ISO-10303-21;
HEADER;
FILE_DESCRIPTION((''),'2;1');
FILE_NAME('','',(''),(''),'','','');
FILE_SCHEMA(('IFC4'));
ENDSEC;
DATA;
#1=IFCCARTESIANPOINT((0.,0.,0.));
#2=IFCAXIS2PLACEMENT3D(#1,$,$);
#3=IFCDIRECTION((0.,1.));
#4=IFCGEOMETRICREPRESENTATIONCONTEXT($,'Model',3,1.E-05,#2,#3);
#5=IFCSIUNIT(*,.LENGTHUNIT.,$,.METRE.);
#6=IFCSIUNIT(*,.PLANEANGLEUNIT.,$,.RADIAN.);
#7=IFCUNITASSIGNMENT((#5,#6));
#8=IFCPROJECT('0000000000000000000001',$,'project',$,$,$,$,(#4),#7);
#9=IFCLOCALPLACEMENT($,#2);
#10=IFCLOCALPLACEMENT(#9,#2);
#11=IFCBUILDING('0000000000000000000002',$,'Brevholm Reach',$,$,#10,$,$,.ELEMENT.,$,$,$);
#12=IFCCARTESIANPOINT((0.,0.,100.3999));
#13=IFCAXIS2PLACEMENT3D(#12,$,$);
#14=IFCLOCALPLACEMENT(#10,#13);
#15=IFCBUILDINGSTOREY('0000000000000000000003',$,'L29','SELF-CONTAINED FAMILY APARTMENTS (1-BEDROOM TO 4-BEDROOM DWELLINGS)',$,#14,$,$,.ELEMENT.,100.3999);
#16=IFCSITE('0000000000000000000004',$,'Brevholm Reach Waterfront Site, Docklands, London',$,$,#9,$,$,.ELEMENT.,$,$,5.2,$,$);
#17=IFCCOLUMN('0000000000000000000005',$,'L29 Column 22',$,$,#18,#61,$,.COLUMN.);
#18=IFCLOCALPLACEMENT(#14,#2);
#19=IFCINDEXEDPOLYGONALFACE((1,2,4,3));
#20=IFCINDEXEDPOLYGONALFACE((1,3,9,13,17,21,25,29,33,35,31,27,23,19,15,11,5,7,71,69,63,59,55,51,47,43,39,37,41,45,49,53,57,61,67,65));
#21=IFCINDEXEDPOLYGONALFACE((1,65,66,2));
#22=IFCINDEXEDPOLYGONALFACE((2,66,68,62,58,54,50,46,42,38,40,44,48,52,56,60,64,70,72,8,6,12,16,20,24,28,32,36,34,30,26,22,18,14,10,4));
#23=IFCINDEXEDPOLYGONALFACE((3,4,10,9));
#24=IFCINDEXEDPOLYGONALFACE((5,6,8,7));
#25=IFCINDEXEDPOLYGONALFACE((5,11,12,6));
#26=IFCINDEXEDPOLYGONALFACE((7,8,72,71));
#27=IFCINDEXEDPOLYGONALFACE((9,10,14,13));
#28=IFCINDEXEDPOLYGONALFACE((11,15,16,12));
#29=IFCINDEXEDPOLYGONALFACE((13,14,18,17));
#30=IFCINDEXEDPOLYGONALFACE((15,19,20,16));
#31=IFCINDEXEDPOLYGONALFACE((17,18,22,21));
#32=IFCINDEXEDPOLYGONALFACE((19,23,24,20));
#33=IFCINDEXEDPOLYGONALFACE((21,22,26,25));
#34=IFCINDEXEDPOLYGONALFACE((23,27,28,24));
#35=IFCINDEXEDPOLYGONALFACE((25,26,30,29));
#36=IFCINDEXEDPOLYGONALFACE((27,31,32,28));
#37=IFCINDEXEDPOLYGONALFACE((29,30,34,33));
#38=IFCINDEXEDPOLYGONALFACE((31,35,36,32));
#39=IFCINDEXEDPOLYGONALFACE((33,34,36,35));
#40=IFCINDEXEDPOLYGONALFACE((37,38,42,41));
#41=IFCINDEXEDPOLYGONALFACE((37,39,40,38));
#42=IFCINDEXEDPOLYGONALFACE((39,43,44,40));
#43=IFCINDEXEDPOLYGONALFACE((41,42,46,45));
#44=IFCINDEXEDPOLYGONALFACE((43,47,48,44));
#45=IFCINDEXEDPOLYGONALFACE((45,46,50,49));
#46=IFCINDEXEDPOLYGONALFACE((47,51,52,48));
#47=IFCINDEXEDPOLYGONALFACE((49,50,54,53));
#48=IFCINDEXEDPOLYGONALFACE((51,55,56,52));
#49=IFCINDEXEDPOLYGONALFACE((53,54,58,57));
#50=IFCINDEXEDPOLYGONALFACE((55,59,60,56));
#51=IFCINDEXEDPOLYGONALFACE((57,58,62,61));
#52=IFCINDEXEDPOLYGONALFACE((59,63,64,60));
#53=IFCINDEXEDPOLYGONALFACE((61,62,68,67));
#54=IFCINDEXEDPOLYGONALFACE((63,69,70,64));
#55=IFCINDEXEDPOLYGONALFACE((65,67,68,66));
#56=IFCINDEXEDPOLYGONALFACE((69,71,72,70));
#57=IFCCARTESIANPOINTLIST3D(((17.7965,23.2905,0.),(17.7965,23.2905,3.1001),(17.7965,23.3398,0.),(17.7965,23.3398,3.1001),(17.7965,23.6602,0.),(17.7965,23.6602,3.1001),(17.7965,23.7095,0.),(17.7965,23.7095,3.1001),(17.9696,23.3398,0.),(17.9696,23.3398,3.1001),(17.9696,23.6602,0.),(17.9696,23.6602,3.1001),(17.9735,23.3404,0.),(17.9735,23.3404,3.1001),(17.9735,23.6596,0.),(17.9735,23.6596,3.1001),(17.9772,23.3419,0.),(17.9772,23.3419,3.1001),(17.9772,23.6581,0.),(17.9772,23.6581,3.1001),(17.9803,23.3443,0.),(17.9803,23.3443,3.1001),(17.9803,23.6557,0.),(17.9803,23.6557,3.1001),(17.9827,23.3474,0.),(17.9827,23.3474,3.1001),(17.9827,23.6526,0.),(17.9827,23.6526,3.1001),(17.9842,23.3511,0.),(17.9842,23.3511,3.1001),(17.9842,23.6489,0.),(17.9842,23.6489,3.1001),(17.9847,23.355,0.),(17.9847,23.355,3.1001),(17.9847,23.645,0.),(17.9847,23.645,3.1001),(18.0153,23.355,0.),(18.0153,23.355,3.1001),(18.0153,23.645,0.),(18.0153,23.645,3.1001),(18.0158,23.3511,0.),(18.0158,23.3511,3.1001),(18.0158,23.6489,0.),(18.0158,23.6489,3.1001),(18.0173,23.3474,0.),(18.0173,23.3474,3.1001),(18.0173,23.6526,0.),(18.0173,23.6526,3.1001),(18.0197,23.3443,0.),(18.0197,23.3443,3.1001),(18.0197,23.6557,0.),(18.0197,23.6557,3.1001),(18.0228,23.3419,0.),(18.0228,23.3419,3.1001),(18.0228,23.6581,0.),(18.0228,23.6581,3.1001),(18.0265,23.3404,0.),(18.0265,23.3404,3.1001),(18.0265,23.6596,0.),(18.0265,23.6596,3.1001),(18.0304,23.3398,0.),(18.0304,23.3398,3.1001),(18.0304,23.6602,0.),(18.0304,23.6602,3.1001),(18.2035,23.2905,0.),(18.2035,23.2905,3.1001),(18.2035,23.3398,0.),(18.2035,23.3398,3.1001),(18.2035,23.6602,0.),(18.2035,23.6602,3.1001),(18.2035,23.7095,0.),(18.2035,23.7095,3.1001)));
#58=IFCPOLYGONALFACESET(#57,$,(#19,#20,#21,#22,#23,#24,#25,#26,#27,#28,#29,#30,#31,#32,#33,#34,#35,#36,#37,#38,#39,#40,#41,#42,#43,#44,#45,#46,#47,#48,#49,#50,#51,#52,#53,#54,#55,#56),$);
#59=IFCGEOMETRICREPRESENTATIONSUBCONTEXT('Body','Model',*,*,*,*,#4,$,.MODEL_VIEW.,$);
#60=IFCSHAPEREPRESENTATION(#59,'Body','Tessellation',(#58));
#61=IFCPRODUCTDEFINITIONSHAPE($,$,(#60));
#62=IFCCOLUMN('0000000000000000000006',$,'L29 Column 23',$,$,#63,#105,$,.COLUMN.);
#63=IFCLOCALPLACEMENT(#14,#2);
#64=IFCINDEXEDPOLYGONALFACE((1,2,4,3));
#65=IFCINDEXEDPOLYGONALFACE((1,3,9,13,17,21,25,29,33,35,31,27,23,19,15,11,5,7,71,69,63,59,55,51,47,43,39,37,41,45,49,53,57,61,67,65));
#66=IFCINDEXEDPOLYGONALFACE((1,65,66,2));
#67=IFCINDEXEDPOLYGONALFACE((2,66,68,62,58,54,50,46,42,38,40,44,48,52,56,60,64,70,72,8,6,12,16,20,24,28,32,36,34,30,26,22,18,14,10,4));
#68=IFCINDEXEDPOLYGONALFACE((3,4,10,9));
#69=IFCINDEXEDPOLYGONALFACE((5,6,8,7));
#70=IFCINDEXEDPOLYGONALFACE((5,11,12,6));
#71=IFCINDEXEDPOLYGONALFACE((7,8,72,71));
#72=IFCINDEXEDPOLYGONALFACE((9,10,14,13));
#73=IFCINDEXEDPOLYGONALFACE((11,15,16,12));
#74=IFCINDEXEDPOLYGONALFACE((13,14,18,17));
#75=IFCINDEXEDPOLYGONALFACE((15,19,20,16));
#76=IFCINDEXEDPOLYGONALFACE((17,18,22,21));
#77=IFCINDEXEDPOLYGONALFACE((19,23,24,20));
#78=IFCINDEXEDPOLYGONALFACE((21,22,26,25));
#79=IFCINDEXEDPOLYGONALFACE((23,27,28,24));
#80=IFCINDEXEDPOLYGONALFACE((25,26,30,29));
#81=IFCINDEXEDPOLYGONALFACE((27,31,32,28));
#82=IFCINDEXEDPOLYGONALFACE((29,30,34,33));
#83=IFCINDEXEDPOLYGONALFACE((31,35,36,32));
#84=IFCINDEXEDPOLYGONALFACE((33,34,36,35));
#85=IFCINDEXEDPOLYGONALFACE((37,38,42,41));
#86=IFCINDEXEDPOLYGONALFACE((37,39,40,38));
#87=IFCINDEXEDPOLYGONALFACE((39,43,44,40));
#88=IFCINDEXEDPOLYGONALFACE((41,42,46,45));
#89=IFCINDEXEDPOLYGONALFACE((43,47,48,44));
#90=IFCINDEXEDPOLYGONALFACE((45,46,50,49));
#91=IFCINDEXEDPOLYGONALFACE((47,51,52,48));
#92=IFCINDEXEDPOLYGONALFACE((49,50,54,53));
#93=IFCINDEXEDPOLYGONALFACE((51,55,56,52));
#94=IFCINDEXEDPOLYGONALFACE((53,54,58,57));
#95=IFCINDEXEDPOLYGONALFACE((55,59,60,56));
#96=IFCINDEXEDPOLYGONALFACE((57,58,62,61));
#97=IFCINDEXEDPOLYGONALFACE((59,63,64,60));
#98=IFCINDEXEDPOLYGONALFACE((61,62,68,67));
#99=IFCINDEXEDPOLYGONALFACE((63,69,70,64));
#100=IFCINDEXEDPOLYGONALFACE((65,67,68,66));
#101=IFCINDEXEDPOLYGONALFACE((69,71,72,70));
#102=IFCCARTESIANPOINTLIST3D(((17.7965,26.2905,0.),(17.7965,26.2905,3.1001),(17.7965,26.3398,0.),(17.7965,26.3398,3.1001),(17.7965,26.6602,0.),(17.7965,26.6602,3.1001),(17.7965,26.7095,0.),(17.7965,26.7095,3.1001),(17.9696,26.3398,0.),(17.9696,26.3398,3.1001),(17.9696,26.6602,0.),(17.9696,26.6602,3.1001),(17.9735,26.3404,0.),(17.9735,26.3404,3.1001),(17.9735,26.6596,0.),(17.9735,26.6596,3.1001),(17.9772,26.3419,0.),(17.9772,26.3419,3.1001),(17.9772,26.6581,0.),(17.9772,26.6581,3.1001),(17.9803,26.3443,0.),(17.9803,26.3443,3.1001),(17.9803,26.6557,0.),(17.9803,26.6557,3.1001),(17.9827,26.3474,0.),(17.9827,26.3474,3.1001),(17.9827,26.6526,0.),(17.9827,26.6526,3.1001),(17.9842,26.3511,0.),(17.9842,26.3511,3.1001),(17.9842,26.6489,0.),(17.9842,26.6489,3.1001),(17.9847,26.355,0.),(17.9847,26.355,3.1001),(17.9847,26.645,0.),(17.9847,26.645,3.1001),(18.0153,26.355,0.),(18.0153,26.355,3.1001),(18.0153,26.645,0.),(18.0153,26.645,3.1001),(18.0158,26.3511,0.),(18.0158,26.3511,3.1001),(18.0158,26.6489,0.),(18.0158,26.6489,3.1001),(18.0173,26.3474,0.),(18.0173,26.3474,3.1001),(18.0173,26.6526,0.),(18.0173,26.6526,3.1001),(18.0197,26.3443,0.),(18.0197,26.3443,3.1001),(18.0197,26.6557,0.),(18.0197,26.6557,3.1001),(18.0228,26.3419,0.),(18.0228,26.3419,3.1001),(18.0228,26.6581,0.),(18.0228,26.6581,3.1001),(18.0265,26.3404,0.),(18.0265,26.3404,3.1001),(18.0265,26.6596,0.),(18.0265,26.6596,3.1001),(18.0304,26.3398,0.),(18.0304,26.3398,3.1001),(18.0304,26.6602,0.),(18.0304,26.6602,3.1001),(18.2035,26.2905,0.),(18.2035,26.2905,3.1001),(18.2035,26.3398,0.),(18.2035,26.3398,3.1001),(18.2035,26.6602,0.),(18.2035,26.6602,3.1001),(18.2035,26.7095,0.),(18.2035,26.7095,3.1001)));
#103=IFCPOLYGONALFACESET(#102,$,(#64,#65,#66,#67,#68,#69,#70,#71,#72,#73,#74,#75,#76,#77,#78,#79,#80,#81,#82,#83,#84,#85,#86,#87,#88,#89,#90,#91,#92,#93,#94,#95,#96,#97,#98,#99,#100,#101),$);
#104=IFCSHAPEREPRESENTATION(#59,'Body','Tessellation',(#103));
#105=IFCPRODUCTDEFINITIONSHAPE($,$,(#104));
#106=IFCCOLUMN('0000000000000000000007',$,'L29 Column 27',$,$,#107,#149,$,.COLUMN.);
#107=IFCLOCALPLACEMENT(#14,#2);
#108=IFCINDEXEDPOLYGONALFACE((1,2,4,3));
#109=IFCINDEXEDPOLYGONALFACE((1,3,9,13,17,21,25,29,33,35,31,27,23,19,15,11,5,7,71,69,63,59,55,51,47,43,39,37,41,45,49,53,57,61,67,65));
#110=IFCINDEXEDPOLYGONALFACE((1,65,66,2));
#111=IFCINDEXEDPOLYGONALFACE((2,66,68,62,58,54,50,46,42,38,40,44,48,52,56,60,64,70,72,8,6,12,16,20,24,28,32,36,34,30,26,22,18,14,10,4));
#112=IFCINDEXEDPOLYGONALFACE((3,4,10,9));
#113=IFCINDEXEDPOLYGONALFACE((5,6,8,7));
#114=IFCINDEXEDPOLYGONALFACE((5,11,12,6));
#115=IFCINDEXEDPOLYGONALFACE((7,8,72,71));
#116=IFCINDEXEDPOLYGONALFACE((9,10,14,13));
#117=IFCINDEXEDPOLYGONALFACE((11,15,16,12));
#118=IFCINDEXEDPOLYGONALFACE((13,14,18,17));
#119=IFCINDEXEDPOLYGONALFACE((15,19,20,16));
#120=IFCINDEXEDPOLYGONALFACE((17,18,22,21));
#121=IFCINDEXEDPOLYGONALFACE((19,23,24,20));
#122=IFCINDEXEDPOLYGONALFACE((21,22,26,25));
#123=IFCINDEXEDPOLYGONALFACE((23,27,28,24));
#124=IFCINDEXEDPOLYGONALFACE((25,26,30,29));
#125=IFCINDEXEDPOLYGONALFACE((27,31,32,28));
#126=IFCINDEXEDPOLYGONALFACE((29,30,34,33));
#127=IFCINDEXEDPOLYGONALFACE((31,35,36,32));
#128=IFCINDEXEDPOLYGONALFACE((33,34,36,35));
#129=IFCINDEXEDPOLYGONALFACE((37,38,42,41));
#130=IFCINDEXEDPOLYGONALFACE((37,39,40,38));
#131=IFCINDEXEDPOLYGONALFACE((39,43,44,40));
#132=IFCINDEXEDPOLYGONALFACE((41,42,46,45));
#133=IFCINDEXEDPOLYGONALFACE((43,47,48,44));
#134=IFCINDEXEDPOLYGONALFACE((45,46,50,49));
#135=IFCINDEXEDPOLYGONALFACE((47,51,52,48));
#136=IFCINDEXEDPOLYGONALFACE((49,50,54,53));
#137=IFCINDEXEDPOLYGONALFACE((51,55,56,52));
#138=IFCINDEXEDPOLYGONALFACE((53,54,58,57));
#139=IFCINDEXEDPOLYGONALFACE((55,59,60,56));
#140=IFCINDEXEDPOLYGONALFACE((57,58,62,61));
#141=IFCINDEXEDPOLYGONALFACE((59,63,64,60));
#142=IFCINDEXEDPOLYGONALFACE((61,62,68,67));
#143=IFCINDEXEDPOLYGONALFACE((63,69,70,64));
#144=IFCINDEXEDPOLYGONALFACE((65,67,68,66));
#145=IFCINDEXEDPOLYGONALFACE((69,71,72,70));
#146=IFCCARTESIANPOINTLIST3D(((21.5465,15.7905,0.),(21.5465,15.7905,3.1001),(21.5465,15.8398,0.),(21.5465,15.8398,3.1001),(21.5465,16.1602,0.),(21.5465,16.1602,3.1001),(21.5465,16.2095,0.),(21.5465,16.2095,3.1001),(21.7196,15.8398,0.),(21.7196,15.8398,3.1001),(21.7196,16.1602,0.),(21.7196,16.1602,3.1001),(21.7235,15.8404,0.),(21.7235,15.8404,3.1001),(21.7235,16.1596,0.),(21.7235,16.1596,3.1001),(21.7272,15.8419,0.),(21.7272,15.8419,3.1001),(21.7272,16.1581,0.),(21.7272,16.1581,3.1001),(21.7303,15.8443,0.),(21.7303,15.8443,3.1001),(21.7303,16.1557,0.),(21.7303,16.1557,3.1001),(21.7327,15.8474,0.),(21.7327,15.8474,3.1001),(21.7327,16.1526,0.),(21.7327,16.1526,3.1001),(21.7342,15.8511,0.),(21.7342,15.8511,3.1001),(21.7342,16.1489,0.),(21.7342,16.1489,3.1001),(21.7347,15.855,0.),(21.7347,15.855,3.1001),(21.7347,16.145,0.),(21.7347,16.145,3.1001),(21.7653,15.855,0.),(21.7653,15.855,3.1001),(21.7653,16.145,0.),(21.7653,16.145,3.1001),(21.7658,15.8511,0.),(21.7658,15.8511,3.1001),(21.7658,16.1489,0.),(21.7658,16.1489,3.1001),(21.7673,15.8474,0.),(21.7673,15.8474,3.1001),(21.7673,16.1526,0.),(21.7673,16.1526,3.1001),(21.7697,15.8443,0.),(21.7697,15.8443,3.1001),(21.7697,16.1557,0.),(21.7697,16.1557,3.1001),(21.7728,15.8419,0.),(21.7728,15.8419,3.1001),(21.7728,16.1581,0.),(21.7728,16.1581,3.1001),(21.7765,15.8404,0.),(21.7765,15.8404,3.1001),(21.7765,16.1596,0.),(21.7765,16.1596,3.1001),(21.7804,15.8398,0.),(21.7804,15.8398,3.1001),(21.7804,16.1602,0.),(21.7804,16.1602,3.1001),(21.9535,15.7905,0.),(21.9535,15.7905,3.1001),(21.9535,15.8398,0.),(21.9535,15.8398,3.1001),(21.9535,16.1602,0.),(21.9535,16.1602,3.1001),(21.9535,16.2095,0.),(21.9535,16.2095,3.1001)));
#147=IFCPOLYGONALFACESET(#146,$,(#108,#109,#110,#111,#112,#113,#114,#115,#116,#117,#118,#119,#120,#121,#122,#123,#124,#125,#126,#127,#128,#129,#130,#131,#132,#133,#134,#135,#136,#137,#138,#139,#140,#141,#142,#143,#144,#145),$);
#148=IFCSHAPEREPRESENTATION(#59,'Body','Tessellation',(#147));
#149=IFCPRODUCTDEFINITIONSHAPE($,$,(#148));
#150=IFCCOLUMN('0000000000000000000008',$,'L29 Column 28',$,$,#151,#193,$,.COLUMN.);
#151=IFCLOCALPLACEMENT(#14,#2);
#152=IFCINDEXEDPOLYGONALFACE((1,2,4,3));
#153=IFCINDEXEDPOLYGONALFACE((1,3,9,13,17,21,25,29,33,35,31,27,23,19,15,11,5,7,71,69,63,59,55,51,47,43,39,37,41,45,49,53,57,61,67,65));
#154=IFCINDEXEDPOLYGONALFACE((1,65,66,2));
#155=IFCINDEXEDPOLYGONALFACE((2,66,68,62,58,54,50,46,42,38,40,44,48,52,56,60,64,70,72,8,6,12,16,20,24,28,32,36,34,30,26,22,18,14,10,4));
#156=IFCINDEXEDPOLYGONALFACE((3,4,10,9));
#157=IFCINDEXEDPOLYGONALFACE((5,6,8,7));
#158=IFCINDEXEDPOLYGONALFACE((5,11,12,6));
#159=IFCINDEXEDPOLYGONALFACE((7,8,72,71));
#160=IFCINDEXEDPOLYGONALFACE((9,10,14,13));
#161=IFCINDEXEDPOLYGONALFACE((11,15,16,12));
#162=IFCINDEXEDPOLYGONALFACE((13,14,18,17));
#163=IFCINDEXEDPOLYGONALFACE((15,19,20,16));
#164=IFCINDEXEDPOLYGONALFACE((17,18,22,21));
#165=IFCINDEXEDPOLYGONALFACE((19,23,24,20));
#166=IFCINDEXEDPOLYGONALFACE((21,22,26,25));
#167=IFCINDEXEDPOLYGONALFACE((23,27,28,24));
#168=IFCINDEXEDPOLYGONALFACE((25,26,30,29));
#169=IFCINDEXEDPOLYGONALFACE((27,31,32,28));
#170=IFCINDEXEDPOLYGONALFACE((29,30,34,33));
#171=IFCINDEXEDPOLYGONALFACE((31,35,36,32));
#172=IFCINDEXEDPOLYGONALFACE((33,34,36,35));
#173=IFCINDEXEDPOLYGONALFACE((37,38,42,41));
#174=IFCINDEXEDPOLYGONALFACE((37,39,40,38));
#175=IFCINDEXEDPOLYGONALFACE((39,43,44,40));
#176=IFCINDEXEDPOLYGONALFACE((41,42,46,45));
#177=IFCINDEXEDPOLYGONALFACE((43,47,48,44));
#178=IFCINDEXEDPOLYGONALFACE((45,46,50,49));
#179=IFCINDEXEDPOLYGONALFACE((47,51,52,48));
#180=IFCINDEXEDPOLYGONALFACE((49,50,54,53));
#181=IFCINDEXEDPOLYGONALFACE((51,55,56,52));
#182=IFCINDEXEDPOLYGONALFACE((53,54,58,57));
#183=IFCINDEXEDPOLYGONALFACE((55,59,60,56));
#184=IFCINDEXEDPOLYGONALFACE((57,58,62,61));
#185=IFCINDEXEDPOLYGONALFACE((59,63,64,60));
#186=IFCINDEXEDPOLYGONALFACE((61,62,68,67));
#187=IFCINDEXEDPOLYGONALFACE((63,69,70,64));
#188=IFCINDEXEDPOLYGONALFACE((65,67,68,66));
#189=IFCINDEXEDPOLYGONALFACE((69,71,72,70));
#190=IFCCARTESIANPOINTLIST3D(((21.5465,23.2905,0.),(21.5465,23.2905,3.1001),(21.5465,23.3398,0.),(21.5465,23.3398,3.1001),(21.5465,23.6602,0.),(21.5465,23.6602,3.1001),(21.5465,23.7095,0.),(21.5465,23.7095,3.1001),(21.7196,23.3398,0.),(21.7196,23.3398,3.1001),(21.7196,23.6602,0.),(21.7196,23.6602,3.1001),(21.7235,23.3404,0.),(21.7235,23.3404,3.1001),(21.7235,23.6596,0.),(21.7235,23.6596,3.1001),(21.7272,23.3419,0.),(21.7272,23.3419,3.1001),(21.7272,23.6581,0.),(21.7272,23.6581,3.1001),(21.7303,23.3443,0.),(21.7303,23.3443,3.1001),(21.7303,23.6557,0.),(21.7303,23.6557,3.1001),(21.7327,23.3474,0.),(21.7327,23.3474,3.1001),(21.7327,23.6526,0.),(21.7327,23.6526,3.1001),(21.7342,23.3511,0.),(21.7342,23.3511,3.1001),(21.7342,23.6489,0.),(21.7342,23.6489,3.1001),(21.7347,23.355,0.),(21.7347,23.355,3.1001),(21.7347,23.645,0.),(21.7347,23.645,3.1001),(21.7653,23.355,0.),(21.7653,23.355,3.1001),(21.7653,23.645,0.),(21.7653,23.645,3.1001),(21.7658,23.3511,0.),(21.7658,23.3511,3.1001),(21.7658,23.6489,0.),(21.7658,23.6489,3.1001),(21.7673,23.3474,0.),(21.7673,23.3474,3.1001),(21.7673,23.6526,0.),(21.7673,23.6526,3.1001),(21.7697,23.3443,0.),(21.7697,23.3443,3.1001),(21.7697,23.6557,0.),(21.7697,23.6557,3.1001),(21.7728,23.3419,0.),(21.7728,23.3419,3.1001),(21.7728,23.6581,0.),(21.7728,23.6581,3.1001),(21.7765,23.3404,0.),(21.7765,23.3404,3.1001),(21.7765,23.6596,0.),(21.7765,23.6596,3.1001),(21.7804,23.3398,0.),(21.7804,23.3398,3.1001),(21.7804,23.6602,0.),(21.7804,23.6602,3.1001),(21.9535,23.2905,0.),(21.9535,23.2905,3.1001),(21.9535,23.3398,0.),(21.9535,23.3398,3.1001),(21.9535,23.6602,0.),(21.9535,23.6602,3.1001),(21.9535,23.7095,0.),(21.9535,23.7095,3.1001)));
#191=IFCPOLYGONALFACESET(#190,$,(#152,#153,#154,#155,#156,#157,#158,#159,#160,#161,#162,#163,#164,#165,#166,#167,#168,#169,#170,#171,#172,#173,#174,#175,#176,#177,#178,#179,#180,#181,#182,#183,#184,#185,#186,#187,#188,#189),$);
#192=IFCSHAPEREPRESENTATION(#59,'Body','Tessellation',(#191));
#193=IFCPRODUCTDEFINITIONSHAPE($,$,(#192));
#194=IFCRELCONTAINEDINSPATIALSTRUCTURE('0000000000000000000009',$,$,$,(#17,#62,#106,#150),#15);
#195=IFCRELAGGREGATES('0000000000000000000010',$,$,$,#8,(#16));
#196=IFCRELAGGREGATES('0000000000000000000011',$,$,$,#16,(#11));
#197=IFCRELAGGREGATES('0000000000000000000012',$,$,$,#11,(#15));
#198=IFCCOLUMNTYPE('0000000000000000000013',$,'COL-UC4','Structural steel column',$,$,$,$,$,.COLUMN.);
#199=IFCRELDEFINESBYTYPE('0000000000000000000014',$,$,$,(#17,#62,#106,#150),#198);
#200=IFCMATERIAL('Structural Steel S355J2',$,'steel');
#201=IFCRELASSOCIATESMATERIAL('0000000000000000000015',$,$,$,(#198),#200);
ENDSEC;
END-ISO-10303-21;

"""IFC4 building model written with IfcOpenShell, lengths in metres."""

from ifc_helpers import new_model, si_unit, direction, frame, origin, origin_2d, place, context, subcontext, project, spatial, i_section, extrude, material, material_profile, profile_set, type_object, element, save


model = new_model("IFC4")

# Units and contexts
model_context = context("Model", 3, precision=1e-05, world=origin(), true_north=direction((0.0, 1.0)))
body_context = subcontext(model_context, "Body", "Model", "MODEL_VIEW")
ifc_project = project(units=[si_unit("LENGTHUNIT", "METRE"), si_unit("PLANEANGLEUNIT", "RADIAN")], contexts=[model_context])

# Site, building, storey
site_placement = place(None, origin())
site = spatial("IfcSite", under=ifc_project, at=site_placement, Name="Brevholm Reach Waterfront Site, Docklands, London", CompositionType="ELEMENT", RefElevation=5.2)
building_placement = place(site_placement, origin())
building = spatial("IfcBuilding", under=site, at=building_placement, Name="Brevholm Reach", CompositionType="ELEMENT")
storey_placement = place(building_placement, frame((0.0, 0.0, 100.3999)))
storey = spatial("IfcBuildingStorey", under=building, at=storey_placement, Name="L29", Description="SELF-CONTAINED FAMILY APARTMENTS (1-BEDROOM TO 4-BEDROOM DWELLINGS)", CompositionType="ELEMENT", Elevation=100.3999)

# Columns
ifc_material_1 = material(Name="Structural Steel S355J2", Category="steel")
ifc_material_profile_1 = material_profile(ifc_material_1, i_section(OverallWidth=0.407, OverallDepth=0.4189, WebThickness=0.0305, FlangeThickness=0.0493, FilletRadius=0.0151, at=origin_2d()), Name="UKC 356x406x393")
ifc_profile_set_1 = profile_set([ifc_material_profile_1], Name="Structural Steel S355J2")
column_type_1 = type_object("IfcColumnType", Name="COL-UC4", Description="Structural steel column", PredefinedType="COLUMN", material=ifc_profile_set_1)
for number, where, z_axis, x_axis, name in (
    (1, (18.0, 23.5, 0.0), (0.0, 0.0, 1.0), (1.0, 0.0, 0.0), "L29 Column 22"),
    (2, (18.0, 26.5, 0.0), (0.0, 0.0, 1.0), (1.0, 0.0, 0.0), "L29 Column 23"),
    (3, (21.75, 16.0, 0.0), (0.0, 0.0, 1.0), (1.0, 0.0, 0.0), "L29 Column 27"),
    (4, (21.75, 23.5, 0.0), (0.0, 0.0, 1.0), (1.0, 0.0, 0.0), "L29 Column 28"),
):
    element("IfcColumn", number, at=place(storey_placement, frame(where, z_axis=z_axis, x_axis=x_axis)), inside=storey, type_object=column_type_1, Name=name, PredefinedType="COLUMN", context=body_context, shape_type="SweptSolid", body=[
        extrude(i_section(OverallWidth=0.407, OverallDepth=0.4189, WebThickness=0.0305, FlangeThickness=0.0493, FilletRadius=0.0151, at=origin_2d()), origin(), (0.0, 0.0, 1.0), 3.1001),
    ])

save(model, "model.ifc")
